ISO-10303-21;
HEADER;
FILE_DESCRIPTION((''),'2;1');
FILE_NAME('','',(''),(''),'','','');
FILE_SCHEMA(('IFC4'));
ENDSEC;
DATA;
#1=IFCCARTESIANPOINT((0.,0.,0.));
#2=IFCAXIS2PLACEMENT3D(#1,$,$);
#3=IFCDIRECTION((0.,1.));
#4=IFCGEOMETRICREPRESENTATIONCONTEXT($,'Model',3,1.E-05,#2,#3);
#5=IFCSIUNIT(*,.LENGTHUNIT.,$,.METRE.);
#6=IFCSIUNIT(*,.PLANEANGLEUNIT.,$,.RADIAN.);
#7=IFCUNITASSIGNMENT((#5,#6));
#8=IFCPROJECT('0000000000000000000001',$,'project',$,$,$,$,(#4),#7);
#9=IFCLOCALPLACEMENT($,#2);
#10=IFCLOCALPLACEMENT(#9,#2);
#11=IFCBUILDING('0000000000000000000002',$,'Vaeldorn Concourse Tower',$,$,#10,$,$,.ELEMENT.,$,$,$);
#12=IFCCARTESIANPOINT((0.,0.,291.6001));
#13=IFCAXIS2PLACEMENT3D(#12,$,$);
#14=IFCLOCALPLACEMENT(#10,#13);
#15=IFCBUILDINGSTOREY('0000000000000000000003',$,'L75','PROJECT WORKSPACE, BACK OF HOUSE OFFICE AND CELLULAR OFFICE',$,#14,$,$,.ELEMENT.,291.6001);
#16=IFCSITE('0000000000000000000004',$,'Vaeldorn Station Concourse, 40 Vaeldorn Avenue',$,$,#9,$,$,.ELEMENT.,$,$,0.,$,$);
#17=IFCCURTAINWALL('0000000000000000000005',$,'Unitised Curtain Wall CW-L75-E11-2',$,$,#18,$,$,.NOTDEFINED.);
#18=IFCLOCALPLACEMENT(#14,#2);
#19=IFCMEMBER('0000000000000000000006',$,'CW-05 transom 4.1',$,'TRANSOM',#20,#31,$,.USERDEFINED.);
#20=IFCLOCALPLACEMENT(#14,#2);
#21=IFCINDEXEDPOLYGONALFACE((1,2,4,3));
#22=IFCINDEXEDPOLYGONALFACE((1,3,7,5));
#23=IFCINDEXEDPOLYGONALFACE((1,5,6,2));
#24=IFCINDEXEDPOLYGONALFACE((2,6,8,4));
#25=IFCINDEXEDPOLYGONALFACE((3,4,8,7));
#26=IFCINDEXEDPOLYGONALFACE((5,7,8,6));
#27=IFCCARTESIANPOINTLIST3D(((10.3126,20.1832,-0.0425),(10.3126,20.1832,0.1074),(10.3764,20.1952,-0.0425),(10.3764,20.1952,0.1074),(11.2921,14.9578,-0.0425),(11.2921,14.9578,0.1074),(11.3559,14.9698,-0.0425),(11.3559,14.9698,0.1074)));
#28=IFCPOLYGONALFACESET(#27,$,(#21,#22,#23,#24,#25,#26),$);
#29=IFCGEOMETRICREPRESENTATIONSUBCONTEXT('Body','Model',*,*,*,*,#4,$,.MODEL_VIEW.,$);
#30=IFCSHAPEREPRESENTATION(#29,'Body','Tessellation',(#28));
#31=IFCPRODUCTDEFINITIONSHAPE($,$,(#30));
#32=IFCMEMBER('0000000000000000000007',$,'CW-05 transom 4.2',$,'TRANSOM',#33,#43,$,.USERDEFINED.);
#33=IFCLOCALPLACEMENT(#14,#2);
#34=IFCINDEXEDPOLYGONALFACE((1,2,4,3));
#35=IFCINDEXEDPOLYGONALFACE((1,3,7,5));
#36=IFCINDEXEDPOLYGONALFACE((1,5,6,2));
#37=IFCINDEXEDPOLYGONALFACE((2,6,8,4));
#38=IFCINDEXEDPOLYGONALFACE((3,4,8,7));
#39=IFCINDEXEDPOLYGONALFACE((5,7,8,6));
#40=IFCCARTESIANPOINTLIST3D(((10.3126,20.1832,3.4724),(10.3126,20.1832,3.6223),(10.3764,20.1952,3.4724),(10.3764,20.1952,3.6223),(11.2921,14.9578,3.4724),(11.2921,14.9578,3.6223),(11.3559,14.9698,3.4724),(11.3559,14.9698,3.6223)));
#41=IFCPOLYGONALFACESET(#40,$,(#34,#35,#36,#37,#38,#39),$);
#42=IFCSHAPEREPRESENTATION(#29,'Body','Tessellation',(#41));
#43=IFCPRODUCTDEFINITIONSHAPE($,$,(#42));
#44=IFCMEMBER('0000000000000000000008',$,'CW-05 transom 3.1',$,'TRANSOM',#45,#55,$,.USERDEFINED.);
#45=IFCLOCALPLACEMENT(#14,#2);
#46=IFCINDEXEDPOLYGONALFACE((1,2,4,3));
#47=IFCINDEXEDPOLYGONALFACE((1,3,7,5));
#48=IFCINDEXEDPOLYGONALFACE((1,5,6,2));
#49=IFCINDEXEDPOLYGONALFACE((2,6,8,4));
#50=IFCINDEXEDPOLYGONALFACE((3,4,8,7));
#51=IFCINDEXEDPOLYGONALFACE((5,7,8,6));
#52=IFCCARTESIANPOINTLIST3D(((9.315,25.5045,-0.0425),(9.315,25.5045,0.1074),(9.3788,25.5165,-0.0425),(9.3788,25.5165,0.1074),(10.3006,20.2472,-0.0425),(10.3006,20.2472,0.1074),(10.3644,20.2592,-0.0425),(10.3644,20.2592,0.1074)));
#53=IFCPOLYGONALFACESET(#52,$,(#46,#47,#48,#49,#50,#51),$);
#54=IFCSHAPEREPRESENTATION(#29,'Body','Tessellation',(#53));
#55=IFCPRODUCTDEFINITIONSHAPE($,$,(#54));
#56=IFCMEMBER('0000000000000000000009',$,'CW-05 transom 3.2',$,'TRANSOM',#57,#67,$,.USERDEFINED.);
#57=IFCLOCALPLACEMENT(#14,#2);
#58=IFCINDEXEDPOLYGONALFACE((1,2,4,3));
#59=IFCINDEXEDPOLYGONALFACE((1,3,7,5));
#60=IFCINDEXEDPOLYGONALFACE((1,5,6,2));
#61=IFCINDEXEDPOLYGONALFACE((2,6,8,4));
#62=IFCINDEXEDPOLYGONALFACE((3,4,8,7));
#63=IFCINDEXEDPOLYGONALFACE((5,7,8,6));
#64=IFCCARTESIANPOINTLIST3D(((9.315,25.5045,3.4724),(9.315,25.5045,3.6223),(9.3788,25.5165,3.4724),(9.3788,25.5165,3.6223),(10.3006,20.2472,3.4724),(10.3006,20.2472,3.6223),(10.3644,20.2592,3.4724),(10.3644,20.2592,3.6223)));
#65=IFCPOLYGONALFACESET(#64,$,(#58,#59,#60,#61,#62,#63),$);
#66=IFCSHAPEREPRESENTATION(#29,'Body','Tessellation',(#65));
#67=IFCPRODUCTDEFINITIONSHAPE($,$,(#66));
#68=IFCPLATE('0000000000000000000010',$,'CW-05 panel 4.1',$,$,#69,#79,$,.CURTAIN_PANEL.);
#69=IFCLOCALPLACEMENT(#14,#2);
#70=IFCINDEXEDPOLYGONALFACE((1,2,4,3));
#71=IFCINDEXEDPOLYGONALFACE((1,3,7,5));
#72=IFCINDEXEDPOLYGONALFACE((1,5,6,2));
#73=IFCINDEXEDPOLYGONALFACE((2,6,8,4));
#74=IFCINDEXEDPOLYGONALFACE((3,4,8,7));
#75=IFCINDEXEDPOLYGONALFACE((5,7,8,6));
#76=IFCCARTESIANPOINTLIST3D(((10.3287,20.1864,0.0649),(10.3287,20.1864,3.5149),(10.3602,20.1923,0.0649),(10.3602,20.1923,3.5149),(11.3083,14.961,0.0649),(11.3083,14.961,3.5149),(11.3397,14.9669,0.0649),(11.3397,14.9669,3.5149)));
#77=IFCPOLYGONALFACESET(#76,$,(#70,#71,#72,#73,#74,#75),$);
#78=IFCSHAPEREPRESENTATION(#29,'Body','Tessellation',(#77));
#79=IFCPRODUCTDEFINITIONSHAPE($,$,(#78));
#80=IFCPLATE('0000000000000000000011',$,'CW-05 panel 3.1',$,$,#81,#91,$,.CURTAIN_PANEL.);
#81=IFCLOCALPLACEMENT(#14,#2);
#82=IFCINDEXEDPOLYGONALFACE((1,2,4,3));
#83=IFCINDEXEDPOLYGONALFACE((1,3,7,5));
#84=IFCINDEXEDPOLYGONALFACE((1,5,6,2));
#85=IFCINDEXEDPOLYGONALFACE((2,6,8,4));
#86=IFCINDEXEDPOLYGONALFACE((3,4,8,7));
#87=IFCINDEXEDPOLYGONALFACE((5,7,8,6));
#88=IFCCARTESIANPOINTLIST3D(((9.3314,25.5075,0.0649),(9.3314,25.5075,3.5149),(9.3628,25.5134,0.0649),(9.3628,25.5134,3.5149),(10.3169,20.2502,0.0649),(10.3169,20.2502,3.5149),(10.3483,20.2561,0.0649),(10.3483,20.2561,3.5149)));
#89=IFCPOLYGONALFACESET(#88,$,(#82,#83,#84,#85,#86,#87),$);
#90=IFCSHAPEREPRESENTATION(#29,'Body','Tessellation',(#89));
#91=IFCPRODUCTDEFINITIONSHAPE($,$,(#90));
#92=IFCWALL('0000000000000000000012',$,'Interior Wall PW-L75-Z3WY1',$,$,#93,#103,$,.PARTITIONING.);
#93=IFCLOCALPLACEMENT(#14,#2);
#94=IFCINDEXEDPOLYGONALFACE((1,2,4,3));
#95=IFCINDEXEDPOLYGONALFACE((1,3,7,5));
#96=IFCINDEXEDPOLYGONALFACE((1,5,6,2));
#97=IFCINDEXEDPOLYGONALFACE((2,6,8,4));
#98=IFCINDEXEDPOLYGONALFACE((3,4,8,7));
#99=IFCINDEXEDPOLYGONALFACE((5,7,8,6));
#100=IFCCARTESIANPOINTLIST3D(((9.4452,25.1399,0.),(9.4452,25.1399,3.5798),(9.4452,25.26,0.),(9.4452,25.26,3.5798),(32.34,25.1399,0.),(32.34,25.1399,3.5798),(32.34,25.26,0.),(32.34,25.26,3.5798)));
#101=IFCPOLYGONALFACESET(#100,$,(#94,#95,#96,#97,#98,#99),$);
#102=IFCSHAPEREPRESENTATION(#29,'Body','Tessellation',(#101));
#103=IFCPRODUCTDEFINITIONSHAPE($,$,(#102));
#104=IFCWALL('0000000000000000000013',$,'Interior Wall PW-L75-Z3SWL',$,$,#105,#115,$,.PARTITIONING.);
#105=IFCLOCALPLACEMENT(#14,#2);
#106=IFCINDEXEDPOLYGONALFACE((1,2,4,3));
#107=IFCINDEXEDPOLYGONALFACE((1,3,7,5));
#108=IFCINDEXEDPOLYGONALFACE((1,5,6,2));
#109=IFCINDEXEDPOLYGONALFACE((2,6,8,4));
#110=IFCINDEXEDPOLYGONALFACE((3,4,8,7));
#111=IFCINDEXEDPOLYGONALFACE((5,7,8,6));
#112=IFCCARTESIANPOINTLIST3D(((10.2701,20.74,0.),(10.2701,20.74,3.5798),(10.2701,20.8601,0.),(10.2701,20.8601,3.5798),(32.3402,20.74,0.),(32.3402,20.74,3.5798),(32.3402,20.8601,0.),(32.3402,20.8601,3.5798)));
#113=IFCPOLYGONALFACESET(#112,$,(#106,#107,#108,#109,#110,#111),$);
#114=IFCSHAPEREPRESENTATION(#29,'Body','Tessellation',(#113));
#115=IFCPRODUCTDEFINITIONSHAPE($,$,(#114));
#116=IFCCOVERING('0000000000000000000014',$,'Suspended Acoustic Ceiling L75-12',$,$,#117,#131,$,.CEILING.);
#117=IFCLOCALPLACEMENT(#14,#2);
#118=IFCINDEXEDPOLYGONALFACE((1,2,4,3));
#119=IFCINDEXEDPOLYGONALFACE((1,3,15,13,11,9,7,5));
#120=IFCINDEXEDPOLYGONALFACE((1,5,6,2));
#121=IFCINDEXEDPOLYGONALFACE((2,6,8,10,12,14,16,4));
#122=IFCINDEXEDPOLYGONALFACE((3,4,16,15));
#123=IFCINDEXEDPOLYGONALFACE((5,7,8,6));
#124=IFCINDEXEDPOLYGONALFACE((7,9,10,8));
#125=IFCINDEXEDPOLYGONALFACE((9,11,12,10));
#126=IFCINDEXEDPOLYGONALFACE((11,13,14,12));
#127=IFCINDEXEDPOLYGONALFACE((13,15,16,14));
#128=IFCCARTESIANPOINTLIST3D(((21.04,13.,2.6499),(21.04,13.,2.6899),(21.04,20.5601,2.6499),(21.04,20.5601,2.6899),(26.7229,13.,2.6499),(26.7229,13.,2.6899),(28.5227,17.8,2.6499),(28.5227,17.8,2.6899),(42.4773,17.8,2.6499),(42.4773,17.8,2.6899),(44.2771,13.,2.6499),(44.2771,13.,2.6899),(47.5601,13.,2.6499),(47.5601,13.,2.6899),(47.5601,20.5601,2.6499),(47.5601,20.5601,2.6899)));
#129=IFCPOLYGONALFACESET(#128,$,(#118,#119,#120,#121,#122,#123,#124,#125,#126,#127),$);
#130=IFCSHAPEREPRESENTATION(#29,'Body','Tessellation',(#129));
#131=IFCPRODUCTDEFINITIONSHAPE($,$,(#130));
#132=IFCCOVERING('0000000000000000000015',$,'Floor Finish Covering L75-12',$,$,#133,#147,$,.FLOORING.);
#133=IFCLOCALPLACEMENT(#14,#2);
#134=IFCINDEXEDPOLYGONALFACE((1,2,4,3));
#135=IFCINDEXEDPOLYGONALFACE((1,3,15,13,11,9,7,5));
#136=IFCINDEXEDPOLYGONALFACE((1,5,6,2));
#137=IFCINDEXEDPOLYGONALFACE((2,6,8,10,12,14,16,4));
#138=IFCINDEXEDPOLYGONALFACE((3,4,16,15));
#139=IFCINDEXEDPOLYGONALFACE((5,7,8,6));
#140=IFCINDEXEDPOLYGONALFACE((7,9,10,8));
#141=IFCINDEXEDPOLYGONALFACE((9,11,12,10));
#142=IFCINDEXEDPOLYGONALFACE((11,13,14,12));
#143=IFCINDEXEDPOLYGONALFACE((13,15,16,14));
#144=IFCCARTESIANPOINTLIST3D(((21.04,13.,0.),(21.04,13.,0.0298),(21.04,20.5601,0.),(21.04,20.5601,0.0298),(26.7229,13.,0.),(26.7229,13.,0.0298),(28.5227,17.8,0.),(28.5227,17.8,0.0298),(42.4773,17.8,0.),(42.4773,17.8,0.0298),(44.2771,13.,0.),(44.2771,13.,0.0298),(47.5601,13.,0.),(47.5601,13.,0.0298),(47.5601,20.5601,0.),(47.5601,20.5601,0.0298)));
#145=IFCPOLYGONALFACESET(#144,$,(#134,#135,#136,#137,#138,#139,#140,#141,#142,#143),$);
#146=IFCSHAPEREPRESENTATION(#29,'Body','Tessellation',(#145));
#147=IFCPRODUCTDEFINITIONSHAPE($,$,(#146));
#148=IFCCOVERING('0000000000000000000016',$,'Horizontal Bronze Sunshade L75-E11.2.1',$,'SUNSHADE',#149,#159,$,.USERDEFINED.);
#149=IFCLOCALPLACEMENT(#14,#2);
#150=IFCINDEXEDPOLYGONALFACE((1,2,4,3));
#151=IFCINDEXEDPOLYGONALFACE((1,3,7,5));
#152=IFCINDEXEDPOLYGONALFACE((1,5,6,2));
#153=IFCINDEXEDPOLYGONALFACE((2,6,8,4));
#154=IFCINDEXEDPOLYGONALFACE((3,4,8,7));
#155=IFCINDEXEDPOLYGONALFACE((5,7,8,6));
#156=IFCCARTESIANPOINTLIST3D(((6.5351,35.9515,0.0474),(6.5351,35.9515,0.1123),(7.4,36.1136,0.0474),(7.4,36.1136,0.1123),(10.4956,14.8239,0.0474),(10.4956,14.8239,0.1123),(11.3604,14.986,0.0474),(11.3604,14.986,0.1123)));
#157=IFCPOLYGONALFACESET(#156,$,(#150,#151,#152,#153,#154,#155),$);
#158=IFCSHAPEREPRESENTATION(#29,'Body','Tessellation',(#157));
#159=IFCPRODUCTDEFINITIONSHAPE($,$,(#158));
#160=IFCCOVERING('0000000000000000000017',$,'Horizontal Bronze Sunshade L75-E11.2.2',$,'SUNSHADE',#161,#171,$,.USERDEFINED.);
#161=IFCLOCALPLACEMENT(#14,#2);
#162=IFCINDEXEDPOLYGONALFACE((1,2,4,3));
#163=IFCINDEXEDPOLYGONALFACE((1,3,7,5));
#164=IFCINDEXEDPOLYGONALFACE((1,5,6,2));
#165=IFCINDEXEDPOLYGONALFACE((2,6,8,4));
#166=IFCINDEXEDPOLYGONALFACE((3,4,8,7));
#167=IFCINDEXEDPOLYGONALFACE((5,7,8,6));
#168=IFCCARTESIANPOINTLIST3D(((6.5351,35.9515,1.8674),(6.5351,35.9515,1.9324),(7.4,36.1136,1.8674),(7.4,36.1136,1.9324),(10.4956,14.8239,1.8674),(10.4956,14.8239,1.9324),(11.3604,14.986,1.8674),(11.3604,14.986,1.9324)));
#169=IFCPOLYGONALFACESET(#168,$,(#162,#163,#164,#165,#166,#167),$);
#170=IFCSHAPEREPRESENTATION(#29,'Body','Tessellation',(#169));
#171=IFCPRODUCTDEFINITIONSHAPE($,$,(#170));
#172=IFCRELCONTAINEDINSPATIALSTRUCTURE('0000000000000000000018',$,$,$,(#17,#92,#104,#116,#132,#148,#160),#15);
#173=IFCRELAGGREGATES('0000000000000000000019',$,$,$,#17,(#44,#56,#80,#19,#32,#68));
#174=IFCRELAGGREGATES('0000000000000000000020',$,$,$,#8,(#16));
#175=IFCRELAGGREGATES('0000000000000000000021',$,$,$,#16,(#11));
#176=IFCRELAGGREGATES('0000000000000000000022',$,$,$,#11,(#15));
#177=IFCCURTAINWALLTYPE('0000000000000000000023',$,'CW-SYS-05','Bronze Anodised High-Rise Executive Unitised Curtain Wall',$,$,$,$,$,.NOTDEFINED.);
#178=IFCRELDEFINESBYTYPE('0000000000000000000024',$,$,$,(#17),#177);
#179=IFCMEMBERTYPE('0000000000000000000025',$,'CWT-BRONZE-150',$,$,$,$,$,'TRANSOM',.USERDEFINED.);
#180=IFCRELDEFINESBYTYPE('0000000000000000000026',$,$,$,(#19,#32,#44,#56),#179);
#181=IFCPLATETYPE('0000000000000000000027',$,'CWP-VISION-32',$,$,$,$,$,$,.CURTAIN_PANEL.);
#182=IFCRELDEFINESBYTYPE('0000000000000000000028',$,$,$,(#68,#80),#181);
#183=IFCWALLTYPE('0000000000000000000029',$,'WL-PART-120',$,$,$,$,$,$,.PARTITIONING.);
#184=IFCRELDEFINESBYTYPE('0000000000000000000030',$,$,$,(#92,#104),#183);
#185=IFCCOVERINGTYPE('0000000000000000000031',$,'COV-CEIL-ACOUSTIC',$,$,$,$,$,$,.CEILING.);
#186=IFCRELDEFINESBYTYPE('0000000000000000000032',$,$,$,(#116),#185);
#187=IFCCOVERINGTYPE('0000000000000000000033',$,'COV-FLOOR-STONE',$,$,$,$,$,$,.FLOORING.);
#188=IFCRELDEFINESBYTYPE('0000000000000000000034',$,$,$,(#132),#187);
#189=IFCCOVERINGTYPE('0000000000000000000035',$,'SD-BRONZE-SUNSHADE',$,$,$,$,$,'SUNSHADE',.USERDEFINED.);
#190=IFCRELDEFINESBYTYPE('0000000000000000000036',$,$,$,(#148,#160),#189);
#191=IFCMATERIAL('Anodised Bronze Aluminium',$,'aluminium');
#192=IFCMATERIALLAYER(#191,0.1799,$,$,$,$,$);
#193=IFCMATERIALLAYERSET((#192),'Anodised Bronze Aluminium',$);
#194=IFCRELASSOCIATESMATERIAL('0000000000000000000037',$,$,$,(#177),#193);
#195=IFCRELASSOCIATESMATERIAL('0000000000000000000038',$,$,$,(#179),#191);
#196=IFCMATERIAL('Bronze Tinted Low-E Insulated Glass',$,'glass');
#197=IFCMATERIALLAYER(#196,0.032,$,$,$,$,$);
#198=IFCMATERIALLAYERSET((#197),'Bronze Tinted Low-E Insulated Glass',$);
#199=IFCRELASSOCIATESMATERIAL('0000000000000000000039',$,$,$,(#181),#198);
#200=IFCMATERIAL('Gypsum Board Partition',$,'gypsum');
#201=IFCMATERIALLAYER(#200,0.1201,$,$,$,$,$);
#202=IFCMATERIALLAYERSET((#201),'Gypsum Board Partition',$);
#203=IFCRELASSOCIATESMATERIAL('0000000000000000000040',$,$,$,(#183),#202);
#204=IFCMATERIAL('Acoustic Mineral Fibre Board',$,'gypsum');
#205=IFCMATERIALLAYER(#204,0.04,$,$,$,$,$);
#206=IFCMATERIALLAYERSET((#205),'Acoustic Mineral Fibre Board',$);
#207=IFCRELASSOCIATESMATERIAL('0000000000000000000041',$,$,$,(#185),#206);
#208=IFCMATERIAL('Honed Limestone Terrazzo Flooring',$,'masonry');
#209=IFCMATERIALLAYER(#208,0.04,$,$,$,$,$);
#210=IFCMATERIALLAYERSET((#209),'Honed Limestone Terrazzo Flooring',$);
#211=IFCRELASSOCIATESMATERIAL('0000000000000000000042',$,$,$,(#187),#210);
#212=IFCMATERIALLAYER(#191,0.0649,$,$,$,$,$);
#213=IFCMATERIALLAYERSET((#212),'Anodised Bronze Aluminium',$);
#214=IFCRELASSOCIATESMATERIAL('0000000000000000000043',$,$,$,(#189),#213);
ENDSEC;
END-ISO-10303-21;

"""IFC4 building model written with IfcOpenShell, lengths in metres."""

from ifc_helpers import new_model, si_unit, direction, frame, frame_2d, origin, origin_2d, place, context, subcontext, project, spatial, polyline, rectangle, outline, extrude, source, transform, mapped, material, layer, layer_set, material_profile, profile_set, type_object, element, aggregate, save


model = new_model("IFC4")

# Units and contexts
model_context = context("Model", 3, precision=1e-05, world=origin(), true_north=direction((0.0, 1.0)))
body_context = subcontext(model_context, "Body", "Model", "MODEL_VIEW")
ifc_project = project(units=[si_unit("LENGTHUNIT", "METRE"), si_unit("PLANEANGLEUNIT", "RADIAN")], contexts=[model_context])

# Site, building, storey
site_placement = place(None, origin())
site = spatial("IfcSite", under=ifc_project, at=site_placement, Name="Vaeldorn Station Concourse, 40 Vaeldorn Avenue", CompositionType="ELEMENT", RefElevation=0.0)
building_placement = place(site_placement, origin())
building = spatial("IfcBuilding", under=site, at=building_placement, Name="Vaeldorn Concourse Tower", CompositionType="ELEMENT")
storey_placement = place(building_placement, frame((0.0, 0.0, 291.6001)))
storey = spatial("IfcBuildingStorey", under=building, at=storey_placement, Name="L75", Description="PROJECT WORKSPACE, BACK OF HOUSE OFFICE AND CELLULAR OFFICE", CompositionType="ELEMENT", Elevation=291.6001)

# Curtain wall
ifc_material_1 = material(Name="Anodised Bronze Aluminium", Category="aluminium")
ifc_layer_1 = layer(ifc_material_1, 0.1799)
ifc_layer_set_1 = layer_set([ifc_layer_1], Name="Anodised Bronze Aluminium")
curtain_wall_type = type_object("IfcCurtainWallType", Name="CW-SYS-05", Description="Bronze Anodised High-Rise Executive Unitised Curtain Wall", PredefinedType="NOTDEFINED", material=ifc_layer_set_1)
curtain_wall_1_placement = place(storey_placement, origin())
curtain_wall_1 = element("IfcCurtainWall", 1, at=curtain_wall_1_placement, inside=storey, type_object=curtain_wall_type, Name="Unitised Curtain Wall CW-L75-E11-2", PredefinedType="NOTDEFINED")
ifc_material_profile_1 = material_profile(ifc_material_1, rectangle(XDim=0.0649, YDim=0.1499, at=origin_2d()), Name="CWT 65x150")
ifc_profile_set_1 = profile_set([ifc_material_profile_1], Name="Anodised Bronze Aluminium")
member_type_1 = type_object("IfcMemberType", Name="CWT-BRONZE-150", ElementType="TRANSOM", PredefinedType="USERDEFINED", material=ifc_profile_set_1)

# Members
shared_shape_1 = source(origin(), body_context, "Body", "SweptSolid", [
    extrude(rectangle(XDim=0.0649, YDim=0.1499, at=origin_2d()), origin(), (0.0, 0.0, 1.0), 5.3164),
])
member_1_placement = place(storey_placement, frame((10.3445, 20.1892, 0.0325), z_axis=(0.184241, -0.982881, 0.0), x_axis=(0.982881, 0.184241, 0.0)))
member_1 = element("IfcMember", 2, at=member_1_placement, type_object=member_type_1, Name="CW-05 transom 4.1", ObjectType="TRANSOM", PredefinedType="USERDEFINED", context=body_context, shape_type="MappedRepresentation", body=[
    mapped(shared_shape_1, transform((0.0, 0.0, 0.0), scale=1.0)),
])
member_2_placement = place(storey_placement, frame((10.3445, 20.1892, 3.5474), z_axis=(0.184241, -0.982881, 0.0), x_axis=(0.982881, 0.184241, 0.0)))
member_2 = element("IfcMember", 3, at=member_2_placement, type_object=member_type_1, Name="CW-05 transom 4.2", ObjectType="TRANSOM", PredefinedType="USERDEFINED", context=body_context, shape_type="MappedRepresentation", body=[
    mapped(shared_shape_1, transform((0.0, 0.0, 0.0), scale=1.0)),
])
shared_shape_2 = source(origin(), body_context, "Body", "SweptSolid", [
    extrude(rectangle(XDim=0.0649, YDim=0.1499, at=origin_2d()), origin(), (0.0, 0.0, 1.0), 5.3489),
])
member_3_placement = place(storey_placement, frame((9.3469, 25.5105, 0.0325), z_axis=(0.184261, -0.982877, 0.0), x_axis=(0.982877, 0.184261, 0.0)))
member_3 = element("IfcMember", 4, at=member_3_placement, type_object=member_type_1, Name="CW-05 transom 3.1", ObjectType="TRANSOM", PredefinedType="USERDEFINED", context=body_context, shape_type="MappedRepresentation", body=[
    mapped(shared_shape_2, transform((0.0, 0.0, 0.0), scale=1.0)),
])
member_4_placement = place(storey_placement, frame((9.3469, 25.5105, 3.5474), z_axis=(0.184261, -0.982877, 0.0), x_axis=(0.982877, 0.184261, 0.0)))
member_4 = element("IfcMember", 5, at=member_4_placement, type_object=member_type_1, Name="CW-05 transom 3.2", ObjectType="TRANSOM", PredefinedType="USERDEFINED", context=body_context, shape_type="MappedRepresentation", body=[
    mapped(shared_shape_2, transform((0.0, 0.0, 0.0), scale=1.0)),
])

# Plates
ifc_material_2 = material(Name="Bronze Tinted Low-E Insulated Glass", Category="glass")
ifc_layer_2 = layer(ifc_material_2, 0.032)
ifc_layer_set_2 = layer_set([ifc_layer_2], Name="Bronze Tinted Low-E Insulated Glass")
plate_type = type_object("IfcPlateType", Name="CWP-VISION-32", PredefinedType="CURTAIN_PANEL", material=ifc_layer_set_2)
shared_shape_3 = source(origin(), body_context, "Body", "SweptSolid", [
    extrude(rectangle(XDim=5.3164, YDim=0.032, at=origin_2d()), origin(), (0.0, 0.0, 1.0), 3.45),
])
plate_1_placement = place(storey_placement, frame((10.8342, 17.5767, 0.0649), z_axis=(0.0, 0.0, 1.0), x_axis=(0.184247, -0.98288, 0.0)))
plate_1 = element("IfcPlate", 6, at=plate_1_placement, type_object=plate_type, Name="CW-05 panel 4.1", PredefinedType="CURTAIN_PANEL", context=body_context, shape_type="MappedRepresentation", body=[
    mapped(shared_shape_3, transform((0.0, 0.0, 0.0), scale=1.0)),
])
shared_shape_4 = source(origin(), body_context, "Body", "SweptSolid", [
    extrude(rectangle(XDim=5.3489, YDim=0.032, at=origin_2d()), origin(), (0.0, 0.0, 1.0), 3.45),
])
plate_2_placement = place(storey_placement, frame((9.8398, 22.8818, 0.0649), z_axis=(0.0, 0.0, 1.0), x_axis=(0.184247, -0.98288, 0.0)))
plate_2 = element("IfcPlate", 7, at=plate_2_placement, type_object=plate_type, Name="CW-05 panel 3.1", PredefinedType="CURTAIN_PANEL", context=body_context, shape_type="MappedRepresentation", body=[
    mapped(shared_shape_4, transform((0.0, 0.0, 0.0), scale=1.0)),
])
aggregate(curtain_wall_1, [member_3, member_4, plate_2, member_1, member_2, plate_1])

# Walls
ifc_material_3 = material(Name="Gypsum Board Partition", Category="gypsum")
ifc_layer_3 = layer(ifc_material_3, 0.1201)
ifc_layer_set_3 = layer_set([ifc_layer_3], Name="Gypsum Board Partition")
wall_type = type_object("IfcWallType", Name="WL-PART-120", PredefinedType="PARTITIONING", material=ifc_layer_set_3)
wall_1_placement = place(storey_placement, frame((9.4453, 25.2, 0.0), z_axis=(0.0, 0.0, 1.0), x_axis=(1.0, 0.0, 0.0)))
element("IfcWall", 8, at=wall_1_placement, inside=storey, type_object=wall_type, Name="Interior Wall PW-L75-Z3WY1", PredefinedType="PARTITIONING", context=body_context, shape_type="SweptSolid", body=[
    extrude(rectangle(XDim=22.8948, YDim=0.1201, at=frame_2d((11.4473, 0.0))), origin(), (0.0, 0.0, 1.0), 3.5798),
])
wall_2_placement = place(storey_placement, frame((10.27, 20.8, 0.0), z_axis=(0.0, 0.0, 1.0), x_axis=(1.0, 0.0, 0.0)))
element("IfcWall", 9, at=wall_2_placement, inside=storey, type_object=wall_type, Name="Interior Wall PW-L75-Z3SWL", PredefinedType="PARTITIONING", context=body_context, shape_type="SweptSolid", body=[
    extrude(rectangle(XDim=22.0701, YDim=0.1201, at=frame_2d((11.0352, 0.0))), origin(), (0.0, 0.0, 1.0), 3.5798),
])

# Coverings
ifc_material_4 = material(Name="Acoustic Mineral Fibre Board", Category="gypsum")
ifc_layer_4 = layer(ifc_material_4, 0.04)
ifc_layer_set_4 = layer_set([ifc_layer_4], Name="Acoustic Mineral Fibre Board")
covering_type_1 = type_object("IfcCoveringType", Name="COV-CEIL-ACOUSTIC", PredefinedType="CEILING", material=ifc_layer_set_4)
covering_1_placement = place(storey_placement, frame((0.0, 0.0, 2.6499)))
element("IfcCovering", 10, at=covering_1_placement, inside=storey, type_object=covering_type_1, Name="Suspended Acoustic Ceiling L75-12", PredefinedType="CEILING", context=body_context, shape_type="SweptSolid", body=[
    extrude(outline(polyline([(26.7229, 13.0), (21.04, 13.0), (21.04, 20.5601), (47.5601, 20.5601), (47.5601, 13.0), (44.2771, 13.0), (42.4773, 17.8), (28.5227, 17.8), (26.7229, 13.0)])), origin(), (0.0, 0.0, 1.0), 0.04),
])
ifc_material_5 = material(Name="Honed Limestone Terrazzo Flooring", Category="masonry")
ifc_layer_5 = layer(ifc_material_5, 0.04)
ifc_layer_set_5 = layer_set([ifc_layer_5], Name="Honed Limestone Terrazzo Flooring")
covering_type_2 = type_object("IfcCoveringType", Name="COV-FLOOR-STONE", PredefinedType="FLOORING", material=ifc_layer_set_5)
covering_2_placement = place(storey_placement, origin())
element("IfcCovering", 11, at=covering_2_placement, inside=storey, type_object=covering_type_2, Name="Floor Finish Covering L75-12", PredefinedType="FLOORING", context=body_context, shape_type="SweptSolid", body=[
    extrude(outline(polyline([(26.7229, 13.0), (21.04, 13.0), (21.04, 20.5601), (47.5601, 20.5601), (47.5601, 13.0), (44.2771, 13.0), (42.4773, 17.8), (28.5227, 17.8), (26.7229, 13.0)])), origin(), (0.0, 0.0, 1.0), 0.0298),
])
ifc_layer_6 = layer(ifc_material_1, 0.0649)
ifc_layer_set_6 = layer_set([ifc_layer_6], Name="Anodised Bronze Aluminium")
covering_type_3 = type_object("IfcCoveringType", Name="SD-BRONZE-SUNSHADE", ElementType="SUNSHADE", PredefinedType="USERDEFINED", material=ifc_layer_set_6)
shared_shape_5 = source(origin(), body_context, "Body", "SweptSolid", [
    extrude(rectangle(XDim=21.4956, YDim=0.8799, at=origin_2d()), origin(), (0.0, 0.0, 1.0), 0.0649),
])
for number, where, z_axis, x_axis, name in (
    (12, (8.9478, 25.4688, 0.0474), (0.0, 0.0, 1.0), (0.184243, -0.982881, 0.0), "Horizontal Bronze Sunshade L75-E11.2.1"),
    (13, (8.9478, 25.4688, 1.8674), (0.0, 0.0, 1.0), (0.184243, -0.982881, 0.0), "Horizontal Bronze Sunshade L75-E11.2.2"),
):
    element("IfcCovering", number, at=place(storey_placement, frame(where, z_axis=z_axis, x_axis=x_axis)), inside=storey, type_object=covering_type_3, Name=name, ObjectType="SUNSHADE", PredefinedType="USERDEFINED", context=body_context, shape_type="MappedRepresentation", body=[
        mapped(shared_shape_5, transform((0.0, 0.0, 0.0), scale=1.0)),
    ])

save(model, "model.ifc")
